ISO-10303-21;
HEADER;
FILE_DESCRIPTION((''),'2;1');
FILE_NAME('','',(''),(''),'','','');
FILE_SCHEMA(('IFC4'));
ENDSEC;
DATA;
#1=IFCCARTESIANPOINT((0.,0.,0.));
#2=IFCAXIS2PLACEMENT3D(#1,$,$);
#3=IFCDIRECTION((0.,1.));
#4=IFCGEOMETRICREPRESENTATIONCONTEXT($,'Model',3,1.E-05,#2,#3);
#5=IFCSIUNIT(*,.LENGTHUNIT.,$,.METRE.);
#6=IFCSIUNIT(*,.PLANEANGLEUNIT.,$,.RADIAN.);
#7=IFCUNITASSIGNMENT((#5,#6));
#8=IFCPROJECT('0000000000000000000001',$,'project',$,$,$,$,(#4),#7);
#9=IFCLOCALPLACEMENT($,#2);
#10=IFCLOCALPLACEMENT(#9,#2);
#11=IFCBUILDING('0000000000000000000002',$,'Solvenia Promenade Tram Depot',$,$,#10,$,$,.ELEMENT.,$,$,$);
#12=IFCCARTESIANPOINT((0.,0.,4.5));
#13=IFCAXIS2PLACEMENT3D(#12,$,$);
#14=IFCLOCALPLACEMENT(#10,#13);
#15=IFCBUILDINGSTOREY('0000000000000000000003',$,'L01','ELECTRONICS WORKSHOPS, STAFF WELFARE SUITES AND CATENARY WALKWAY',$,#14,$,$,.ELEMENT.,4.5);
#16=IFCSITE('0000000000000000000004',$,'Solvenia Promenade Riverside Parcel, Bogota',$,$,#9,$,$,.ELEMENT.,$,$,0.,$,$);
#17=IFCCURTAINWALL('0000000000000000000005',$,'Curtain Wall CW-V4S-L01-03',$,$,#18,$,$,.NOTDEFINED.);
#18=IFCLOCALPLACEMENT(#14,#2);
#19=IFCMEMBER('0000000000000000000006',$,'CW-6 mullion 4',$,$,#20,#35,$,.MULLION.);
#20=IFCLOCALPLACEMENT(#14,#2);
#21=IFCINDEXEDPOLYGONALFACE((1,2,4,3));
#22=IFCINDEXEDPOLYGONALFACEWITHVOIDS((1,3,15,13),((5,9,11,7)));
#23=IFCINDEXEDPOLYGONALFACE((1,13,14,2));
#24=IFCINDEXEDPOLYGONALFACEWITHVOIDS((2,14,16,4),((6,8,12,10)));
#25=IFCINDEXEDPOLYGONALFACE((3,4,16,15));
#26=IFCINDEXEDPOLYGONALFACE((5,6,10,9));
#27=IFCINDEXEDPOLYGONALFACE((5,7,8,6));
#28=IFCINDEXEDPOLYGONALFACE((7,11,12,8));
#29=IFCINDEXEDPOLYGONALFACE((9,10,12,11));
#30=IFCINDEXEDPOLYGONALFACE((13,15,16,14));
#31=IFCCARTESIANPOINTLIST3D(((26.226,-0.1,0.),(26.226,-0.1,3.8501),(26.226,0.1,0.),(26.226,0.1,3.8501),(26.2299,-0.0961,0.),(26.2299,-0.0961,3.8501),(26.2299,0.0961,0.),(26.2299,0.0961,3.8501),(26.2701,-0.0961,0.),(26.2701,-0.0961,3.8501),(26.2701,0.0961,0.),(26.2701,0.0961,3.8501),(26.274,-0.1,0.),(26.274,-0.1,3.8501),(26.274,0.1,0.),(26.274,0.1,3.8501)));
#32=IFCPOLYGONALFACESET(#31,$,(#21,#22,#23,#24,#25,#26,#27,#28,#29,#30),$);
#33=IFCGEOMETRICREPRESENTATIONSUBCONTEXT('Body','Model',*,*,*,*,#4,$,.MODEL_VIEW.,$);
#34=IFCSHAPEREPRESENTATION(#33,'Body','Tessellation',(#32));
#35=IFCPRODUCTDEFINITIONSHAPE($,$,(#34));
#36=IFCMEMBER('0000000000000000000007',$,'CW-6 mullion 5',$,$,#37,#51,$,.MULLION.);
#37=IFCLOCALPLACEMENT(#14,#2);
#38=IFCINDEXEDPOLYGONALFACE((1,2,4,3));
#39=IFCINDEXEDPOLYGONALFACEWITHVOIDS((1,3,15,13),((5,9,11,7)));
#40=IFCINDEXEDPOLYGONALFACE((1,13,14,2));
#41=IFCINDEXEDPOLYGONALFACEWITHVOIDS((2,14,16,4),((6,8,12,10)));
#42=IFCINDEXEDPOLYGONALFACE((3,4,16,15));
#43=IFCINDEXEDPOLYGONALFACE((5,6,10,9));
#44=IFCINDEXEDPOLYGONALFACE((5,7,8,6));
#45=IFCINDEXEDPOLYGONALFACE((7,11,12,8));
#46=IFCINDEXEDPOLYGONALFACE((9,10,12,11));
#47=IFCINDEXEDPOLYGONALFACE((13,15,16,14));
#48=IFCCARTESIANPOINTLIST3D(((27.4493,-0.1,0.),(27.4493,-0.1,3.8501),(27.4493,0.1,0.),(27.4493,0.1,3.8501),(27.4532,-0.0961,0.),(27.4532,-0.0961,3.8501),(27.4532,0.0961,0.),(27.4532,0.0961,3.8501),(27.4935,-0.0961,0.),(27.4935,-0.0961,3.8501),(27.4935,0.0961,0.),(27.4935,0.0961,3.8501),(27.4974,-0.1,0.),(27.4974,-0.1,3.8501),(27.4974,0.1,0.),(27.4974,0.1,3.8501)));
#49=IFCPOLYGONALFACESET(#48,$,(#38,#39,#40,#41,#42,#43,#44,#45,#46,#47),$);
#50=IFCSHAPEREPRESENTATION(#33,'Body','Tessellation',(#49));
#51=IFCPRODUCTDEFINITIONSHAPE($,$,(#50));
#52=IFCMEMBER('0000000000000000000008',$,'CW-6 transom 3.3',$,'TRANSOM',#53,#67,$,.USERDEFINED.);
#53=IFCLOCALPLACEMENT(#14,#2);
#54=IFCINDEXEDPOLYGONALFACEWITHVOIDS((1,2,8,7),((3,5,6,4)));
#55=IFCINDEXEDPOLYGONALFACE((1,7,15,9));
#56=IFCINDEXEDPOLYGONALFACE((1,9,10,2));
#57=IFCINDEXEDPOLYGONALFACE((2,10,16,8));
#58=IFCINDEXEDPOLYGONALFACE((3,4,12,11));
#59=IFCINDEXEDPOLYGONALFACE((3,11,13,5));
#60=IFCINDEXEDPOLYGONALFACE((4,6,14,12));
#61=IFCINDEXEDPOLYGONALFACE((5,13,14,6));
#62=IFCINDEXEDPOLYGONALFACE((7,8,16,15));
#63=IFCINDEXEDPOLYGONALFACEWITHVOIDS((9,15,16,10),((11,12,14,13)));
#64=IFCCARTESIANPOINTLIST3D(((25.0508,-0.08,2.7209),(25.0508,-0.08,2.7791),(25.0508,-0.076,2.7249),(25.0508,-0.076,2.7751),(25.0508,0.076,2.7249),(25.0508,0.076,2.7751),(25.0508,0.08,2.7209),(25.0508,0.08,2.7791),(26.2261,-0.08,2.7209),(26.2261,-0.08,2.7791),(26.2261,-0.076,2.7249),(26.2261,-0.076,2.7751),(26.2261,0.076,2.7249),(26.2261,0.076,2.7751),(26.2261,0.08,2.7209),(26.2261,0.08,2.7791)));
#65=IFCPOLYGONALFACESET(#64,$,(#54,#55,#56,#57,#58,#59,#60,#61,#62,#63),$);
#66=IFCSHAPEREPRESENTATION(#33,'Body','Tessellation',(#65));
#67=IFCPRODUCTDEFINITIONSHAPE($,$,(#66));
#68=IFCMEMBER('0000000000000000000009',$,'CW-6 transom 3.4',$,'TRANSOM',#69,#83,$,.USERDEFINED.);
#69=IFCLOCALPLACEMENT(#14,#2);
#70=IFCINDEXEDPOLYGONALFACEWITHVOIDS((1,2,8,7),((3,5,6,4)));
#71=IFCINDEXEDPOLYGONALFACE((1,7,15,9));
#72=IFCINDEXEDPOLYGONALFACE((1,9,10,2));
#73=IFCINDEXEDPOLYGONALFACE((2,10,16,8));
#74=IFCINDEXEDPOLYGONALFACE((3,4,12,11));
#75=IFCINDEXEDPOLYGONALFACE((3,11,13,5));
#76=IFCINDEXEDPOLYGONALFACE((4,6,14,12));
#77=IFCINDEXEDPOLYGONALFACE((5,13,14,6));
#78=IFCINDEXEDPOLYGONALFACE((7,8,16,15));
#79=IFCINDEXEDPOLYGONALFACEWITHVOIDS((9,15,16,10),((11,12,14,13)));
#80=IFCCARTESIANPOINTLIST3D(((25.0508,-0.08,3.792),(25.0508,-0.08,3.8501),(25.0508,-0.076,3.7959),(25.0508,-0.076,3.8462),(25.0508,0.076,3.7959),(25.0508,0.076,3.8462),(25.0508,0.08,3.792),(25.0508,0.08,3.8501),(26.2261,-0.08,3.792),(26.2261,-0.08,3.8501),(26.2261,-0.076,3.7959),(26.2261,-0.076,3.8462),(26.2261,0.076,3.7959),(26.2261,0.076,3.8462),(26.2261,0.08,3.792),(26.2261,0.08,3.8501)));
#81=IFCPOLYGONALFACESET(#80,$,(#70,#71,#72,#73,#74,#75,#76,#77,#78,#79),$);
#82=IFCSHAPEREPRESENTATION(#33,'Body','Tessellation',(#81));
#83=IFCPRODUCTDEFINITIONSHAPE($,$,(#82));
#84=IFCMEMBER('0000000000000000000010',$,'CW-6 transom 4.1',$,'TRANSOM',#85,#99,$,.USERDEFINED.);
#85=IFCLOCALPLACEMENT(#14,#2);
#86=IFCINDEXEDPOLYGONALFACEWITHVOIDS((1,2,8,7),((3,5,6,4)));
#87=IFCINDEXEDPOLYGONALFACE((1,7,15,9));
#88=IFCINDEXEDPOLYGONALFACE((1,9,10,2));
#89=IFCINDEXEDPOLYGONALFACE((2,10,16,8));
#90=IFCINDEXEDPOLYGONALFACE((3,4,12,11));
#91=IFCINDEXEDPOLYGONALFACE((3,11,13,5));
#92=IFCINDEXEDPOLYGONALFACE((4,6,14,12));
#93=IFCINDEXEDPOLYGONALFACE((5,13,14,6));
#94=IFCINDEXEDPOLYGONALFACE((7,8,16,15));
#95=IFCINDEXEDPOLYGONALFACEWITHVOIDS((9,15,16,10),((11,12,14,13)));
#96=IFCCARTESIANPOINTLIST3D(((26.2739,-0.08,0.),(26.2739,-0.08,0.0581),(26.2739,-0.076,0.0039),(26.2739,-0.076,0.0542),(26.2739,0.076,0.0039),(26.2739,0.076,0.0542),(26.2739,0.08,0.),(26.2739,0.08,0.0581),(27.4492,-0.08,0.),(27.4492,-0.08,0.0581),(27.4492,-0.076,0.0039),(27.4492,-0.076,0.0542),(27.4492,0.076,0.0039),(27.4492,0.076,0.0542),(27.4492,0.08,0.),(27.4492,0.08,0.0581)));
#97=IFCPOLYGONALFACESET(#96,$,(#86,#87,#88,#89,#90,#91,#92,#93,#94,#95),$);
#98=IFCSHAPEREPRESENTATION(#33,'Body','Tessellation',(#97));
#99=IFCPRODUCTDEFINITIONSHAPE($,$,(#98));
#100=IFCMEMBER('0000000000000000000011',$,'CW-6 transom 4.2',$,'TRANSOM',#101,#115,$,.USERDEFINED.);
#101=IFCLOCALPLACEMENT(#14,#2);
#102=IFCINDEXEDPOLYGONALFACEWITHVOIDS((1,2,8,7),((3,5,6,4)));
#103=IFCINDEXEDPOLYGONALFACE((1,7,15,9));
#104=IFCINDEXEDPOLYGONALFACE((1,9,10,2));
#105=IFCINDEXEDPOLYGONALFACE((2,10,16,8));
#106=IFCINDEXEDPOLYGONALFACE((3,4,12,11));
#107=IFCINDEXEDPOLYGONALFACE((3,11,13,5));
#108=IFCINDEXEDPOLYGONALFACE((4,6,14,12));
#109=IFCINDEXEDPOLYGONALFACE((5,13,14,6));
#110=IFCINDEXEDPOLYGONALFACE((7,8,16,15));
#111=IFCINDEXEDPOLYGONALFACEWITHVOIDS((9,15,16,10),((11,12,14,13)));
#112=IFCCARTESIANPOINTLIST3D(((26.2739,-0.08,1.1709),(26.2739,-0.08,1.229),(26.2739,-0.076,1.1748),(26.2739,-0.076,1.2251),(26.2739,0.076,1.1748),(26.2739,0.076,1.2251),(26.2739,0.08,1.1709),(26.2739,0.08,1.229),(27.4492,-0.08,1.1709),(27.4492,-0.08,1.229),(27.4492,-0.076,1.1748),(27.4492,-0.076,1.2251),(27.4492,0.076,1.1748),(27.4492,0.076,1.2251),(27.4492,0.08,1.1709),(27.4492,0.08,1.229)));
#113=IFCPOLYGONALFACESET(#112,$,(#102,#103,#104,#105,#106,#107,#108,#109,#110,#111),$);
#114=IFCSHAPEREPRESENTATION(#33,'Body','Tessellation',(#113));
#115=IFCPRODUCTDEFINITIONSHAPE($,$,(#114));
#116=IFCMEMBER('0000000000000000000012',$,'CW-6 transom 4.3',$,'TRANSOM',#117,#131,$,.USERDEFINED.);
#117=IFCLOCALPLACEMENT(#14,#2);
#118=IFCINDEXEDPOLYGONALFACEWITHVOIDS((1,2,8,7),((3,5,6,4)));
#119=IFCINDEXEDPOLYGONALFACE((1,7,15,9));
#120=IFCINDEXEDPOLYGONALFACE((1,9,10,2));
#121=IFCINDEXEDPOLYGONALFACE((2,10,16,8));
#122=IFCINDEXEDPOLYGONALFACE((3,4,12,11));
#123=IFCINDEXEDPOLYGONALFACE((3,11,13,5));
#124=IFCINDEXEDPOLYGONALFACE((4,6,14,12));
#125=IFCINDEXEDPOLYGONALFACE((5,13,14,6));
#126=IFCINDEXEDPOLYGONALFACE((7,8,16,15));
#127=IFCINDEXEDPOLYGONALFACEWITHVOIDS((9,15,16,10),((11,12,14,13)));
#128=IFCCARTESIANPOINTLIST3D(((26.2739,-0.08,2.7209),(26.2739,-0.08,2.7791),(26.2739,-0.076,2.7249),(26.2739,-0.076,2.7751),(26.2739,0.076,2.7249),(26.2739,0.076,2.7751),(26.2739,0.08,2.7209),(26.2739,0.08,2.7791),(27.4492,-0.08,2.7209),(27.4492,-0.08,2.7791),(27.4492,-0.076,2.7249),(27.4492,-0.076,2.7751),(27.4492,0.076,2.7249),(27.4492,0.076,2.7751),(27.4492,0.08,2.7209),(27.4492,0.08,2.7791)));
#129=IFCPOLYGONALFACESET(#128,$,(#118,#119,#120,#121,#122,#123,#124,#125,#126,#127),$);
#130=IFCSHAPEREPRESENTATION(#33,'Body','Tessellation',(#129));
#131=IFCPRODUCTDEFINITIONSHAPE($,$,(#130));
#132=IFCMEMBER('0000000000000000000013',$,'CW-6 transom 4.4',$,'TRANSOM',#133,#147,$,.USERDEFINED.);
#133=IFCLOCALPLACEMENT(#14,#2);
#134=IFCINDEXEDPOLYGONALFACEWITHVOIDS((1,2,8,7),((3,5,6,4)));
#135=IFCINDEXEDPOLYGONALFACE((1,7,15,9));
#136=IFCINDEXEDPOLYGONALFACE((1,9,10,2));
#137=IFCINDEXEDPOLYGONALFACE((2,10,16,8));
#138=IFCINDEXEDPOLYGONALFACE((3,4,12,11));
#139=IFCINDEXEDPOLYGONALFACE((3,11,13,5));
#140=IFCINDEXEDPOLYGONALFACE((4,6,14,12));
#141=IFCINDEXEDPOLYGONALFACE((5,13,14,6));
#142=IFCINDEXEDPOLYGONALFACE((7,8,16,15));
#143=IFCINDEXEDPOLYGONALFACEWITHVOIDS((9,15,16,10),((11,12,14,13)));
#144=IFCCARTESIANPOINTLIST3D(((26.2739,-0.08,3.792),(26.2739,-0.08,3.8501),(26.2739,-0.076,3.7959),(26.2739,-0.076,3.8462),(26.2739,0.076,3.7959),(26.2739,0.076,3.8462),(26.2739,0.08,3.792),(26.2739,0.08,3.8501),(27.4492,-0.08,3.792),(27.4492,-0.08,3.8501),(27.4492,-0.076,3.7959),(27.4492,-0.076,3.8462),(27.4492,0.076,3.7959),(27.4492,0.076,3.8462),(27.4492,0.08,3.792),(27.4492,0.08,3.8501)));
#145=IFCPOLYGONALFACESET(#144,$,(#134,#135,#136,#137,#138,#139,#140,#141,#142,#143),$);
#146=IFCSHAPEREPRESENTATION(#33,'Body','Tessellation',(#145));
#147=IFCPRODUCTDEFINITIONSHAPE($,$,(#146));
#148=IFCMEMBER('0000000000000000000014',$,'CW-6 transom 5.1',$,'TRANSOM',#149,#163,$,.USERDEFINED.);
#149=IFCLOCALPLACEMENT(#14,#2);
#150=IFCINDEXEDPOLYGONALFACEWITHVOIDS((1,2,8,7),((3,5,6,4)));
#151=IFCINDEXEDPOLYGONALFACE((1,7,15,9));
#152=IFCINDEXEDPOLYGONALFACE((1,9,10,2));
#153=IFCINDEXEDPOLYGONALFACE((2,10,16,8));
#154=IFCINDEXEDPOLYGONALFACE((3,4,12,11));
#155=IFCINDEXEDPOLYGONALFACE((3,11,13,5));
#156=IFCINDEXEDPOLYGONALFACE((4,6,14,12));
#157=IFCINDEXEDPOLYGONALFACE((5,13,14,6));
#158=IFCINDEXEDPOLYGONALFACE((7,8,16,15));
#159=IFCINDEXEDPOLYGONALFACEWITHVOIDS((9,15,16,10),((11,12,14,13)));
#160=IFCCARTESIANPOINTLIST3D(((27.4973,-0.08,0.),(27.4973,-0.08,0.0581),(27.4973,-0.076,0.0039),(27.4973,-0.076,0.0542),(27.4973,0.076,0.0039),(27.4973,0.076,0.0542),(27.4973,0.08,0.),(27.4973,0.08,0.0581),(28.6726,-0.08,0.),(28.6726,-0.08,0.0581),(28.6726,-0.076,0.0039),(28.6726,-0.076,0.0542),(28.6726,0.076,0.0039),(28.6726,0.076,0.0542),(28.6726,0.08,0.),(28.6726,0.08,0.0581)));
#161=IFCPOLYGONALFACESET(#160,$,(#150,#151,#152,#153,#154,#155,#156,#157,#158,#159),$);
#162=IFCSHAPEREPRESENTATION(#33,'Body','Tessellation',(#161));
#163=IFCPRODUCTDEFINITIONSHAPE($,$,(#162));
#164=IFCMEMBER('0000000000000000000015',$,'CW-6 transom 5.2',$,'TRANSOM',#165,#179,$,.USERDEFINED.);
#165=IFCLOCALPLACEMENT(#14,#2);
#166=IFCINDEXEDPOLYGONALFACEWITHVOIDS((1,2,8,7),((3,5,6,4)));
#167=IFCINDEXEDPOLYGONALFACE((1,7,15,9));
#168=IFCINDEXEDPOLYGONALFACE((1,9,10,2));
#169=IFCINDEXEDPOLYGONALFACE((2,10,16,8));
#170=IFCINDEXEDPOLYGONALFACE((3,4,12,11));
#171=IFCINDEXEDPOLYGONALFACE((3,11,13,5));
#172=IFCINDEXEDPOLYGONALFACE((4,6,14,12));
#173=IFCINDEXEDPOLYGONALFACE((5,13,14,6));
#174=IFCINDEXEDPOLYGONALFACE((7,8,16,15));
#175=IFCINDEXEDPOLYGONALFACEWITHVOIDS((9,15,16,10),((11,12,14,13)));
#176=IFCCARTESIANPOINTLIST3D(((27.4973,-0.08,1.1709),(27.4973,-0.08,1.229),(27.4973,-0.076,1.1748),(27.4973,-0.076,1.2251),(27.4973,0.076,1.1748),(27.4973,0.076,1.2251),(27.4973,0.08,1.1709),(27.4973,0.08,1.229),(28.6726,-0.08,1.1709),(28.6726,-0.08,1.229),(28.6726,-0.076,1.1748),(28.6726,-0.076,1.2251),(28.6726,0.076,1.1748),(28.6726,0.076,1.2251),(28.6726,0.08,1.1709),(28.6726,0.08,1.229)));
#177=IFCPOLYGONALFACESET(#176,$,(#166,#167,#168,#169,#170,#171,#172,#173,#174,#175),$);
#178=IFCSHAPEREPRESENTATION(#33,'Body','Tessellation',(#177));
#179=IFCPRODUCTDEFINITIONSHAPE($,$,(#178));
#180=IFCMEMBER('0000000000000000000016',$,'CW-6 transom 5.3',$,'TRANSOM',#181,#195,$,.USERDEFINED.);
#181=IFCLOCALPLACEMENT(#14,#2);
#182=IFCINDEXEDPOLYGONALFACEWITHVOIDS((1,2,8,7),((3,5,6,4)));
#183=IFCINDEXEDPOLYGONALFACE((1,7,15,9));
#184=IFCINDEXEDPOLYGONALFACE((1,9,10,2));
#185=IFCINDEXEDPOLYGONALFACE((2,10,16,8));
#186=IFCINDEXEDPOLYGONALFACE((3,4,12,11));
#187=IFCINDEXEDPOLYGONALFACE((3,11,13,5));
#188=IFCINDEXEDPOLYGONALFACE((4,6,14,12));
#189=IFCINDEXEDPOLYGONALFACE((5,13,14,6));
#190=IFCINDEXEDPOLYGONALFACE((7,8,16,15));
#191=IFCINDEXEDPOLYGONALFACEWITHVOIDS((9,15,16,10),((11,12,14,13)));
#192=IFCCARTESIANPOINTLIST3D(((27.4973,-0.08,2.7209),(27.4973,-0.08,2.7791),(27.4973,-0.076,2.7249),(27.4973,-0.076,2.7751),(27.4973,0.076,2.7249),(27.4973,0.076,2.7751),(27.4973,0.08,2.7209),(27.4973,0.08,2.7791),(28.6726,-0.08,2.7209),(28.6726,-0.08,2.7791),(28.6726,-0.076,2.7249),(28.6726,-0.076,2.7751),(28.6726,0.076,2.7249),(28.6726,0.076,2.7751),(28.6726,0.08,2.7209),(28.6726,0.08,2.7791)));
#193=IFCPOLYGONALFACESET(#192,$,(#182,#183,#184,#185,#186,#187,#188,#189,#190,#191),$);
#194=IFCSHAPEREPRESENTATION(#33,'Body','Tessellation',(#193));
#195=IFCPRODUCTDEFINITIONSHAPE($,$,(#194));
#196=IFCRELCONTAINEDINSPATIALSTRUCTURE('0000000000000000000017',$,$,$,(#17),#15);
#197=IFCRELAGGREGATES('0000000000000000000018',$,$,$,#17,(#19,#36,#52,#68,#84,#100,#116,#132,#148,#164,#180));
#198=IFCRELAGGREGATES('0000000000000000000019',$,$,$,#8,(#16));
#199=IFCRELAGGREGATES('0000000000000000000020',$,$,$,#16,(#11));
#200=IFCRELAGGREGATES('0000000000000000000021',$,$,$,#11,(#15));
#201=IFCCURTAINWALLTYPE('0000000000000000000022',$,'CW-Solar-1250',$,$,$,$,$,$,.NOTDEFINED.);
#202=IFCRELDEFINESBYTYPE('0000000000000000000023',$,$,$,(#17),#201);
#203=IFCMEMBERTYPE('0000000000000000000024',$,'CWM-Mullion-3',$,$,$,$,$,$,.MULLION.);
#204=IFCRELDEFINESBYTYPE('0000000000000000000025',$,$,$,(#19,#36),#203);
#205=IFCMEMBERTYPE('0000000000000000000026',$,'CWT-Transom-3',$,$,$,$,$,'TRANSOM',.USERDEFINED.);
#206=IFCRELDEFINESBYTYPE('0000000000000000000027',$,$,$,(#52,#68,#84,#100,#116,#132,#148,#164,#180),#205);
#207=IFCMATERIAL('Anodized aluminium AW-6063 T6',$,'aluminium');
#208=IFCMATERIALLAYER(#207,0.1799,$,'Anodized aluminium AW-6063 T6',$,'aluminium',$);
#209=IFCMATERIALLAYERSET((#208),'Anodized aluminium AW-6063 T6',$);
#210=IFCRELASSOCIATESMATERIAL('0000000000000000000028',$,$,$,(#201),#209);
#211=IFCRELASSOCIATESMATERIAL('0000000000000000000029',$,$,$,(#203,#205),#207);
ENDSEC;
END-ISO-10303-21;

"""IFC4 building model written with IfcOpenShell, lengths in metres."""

from ifc_helpers import new_model, si_unit, direction, frame, origin, origin_2d, place, context, subcontext, project, spatial, hollow_rectangle, extrude, material, layer, layer_set, material_profile, profile_set, type_object, element, aggregate, save


model = new_model("IFC4")

# Units and contexts
model_context = context("Model", 3, precision=1e-05, world=origin(), true_north=direction((0.0, 1.0)))
body_context = subcontext(model_context, "Body", "Model", "MODEL_VIEW")
ifc_project = project(units=[si_unit("LENGTHUNIT", "METRE"), si_unit("PLANEANGLEUNIT", "RADIAN")], contexts=[model_context])

# Site, building, storey
site_placement = place(None, origin())
site = spatial("IfcSite", under=ifc_project, at=site_placement, Name="Solvenia Promenade Riverside Parcel, Bogota", CompositionType="ELEMENT", RefElevation=0.0)
building_placement = place(site_placement, origin())
building = spatial("IfcBuilding", under=site, at=building_placement, Name="Solvenia Promenade Tram Depot", CompositionType="ELEMENT")
storey_placement = place(building_placement, frame((0.0, 0.0, 4.5)))
storey = spatial("IfcBuildingStorey", under=building, at=storey_placement, Name="L01", Description="ELECTRONICS WORKSHOPS, STAFF WELFARE SUITES AND CATENARY WALKWAY", CompositionType="ELEMENT", Elevation=4.5)

# Curtain wall, members
ifc_material_1 = material(Name="Anodized aluminium AW-6063 T6", Category="aluminium")
ifc_layer_1 = layer(ifc_material_1, 0.1799, Name="Anodized aluminium AW-6063 T6", Category="aluminium")
ifc_layer_set_1 = layer_set([ifc_layer_1], Name="Anodized aluminium AW-6063 T6")
curtain_wall_type = type_object("IfcCurtainWallType", Name="CW-Solar-1250", PredefinedType="NOTDEFINED", material=ifc_layer_set_1)
curtain_wall_placement = place(storey_placement, origin())
curtain_wall = element("IfcCurtainWall", 1, at=curtain_wall_placement, inside=storey, type_object=curtain_wall_type, Name="Curtain Wall CW-V4S-L01-03", PredefinedType="NOTDEFINED")
ifc_material_profile_1 = material_profile(ifc_material_1, hollow_rectangle(XDim=0.2, YDim=0.0481, WallThickness=0.0039, at=origin_2d()), Name="ALU-M3", Category="aluminium")
ifc_profile_set_1 = profile_set([ifc_material_profile_1], Name="Anodized aluminium AW-6063 T6")
member_type_1 = type_object("IfcMemberType", Name="CWM-Mullion-3", PredefinedType="MULLION", material=ifc_profile_set_1)
member_1_placement = place(storey_placement, frame((26.25, 0.0, 0.0), z_axis=(0.0, 0.0, 1.0), x_axis=(0.0, 1.0, 0.0)))
member_1 = element("IfcMember", 2, at=member_1_placement, type_object=member_type_1, Name="CW-6 mullion 4", PredefinedType="MULLION", context=body_context, shape_type="SweptSolid", body=[
    extrude(hollow_rectangle(XDim=0.2, YDim=0.0481, WallThickness=0.0039, at=origin_2d()), origin(), (0.0, 0.0, 1.0), 3.8501),
])
member_2_placement = place(storey_placement, frame((27.4734, 0.0, 0.0), z_axis=(0.0, 0.0, 1.0), x_axis=(0.0, 1.0, 0.0)))
member_2 = element("IfcMember", 3, at=member_2_placement, type_object=member_type_1, Name="CW-6 mullion 5", PredefinedType="MULLION", context=body_context, shape_type="SweptSolid", body=[
    extrude(hollow_rectangle(XDim=0.2, YDim=0.0481, WallThickness=0.0039, at=origin_2d()), origin(), (0.0, 0.0, 1.0), 3.8501),
])
ifc_material_profile_2 = material_profile(ifc_material_1, hollow_rectangle(XDim=0.1599, YDim=0.0581, WallThickness=0.0039, at=origin_2d()), Name="ALU-T3", Category="aluminium")
ifc_profile_set_2 = profile_set([ifc_material_profile_2], Name="Anodized aluminium AW-6063 T6")
member_type_2 = type_object("IfcMemberType", Name="CWT-Transom-3", ElementType="TRANSOM", PredefinedType="USERDEFINED", material=ifc_profile_set_2)
member_3_placement = place(storey_placement, frame((25.0508, 0.0, 2.75), z_axis=(1.0, 0.0, 0.0), x_axis=(0.0, 1.0, 0.0)))
member_3 = element("IfcMember", 4, at=member_3_placement, type_object=member_type_2, Name="CW-6 transom 3.3", ObjectType="TRANSOM", PredefinedType="USERDEFINED", context=body_context, shape_type="SweptSolid", body=[
    extrude(hollow_rectangle(XDim=0.1599, YDim=0.0581, WallThickness=0.0039, at=origin_2d()), origin(), (0.0, 0.0, 1.0), 1.1753),
])
member_4_placement = place(storey_placement, frame((25.0508, 0.0, 3.821), z_axis=(1.0, 0.0, 0.0), x_axis=(0.0, 1.0, 0.0)))
member_4 = element("IfcMember", 5, at=member_4_placement, type_object=member_type_2, Name="CW-6 transom 3.4", ObjectType="TRANSOM", PredefinedType="USERDEFINED", context=body_context, shape_type="SweptSolid", body=[
    extrude(hollow_rectangle(XDim=0.1599, YDim=0.0581, WallThickness=0.0039, at=origin_2d()), origin(), (0.0, 0.0, 1.0), 1.1753),
])
member_5_placement = place(storey_placement, frame((26.2739, 0.0, 0.0291), z_axis=(1.0, 0.0, 0.0), x_axis=(0.0, 1.0, 0.0)))
member_5 = element("IfcMember", 6, at=member_5_placement, type_object=member_type_2, Name="CW-6 transom 4.1", ObjectType="TRANSOM", PredefinedType="USERDEFINED", context=body_context, shape_type="SweptSolid", body=[
    extrude(hollow_rectangle(XDim=0.1599, YDim=0.0581, WallThickness=0.0039, at=origin_2d()), origin(), (0.0, 0.0, 1.0), 1.1753),
])
member_6_placement = place(storey_placement, frame((26.2739, 0.0, 1.2), z_axis=(1.0, 0.0, 0.0), x_axis=(0.0, 1.0, 0.0)))
member_6 = element("IfcMember", 7, at=member_6_placement, type_object=member_type_2, Name="CW-6 transom 4.2", ObjectType="TRANSOM", PredefinedType="USERDEFINED", context=body_context, shape_type="SweptSolid", body=[
    extrude(hollow_rectangle(XDim=0.1599, YDim=0.0581, WallThickness=0.0039, at=origin_2d()), origin(), (0.0, 0.0, 1.0), 1.1753),
])
member_7_placement = place(storey_placement, frame((26.2739, 0.0, 2.75), z_axis=(1.0, 0.0, 0.0), x_axis=(0.0, 1.0, 0.0)))
member_7 = element("IfcMember", 8, at=member_7_placement, type_object=member_type_2, Name="CW-6 transom 4.3", ObjectType="TRANSOM", PredefinedType="USERDEFINED", context=body_context, shape_type="SweptSolid", body=[
    extrude(hollow_rectangle(XDim=0.1599, YDim=0.0581, WallThickness=0.0039, at=origin_2d()), origin(), (0.0, 0.0, 1.0), 1.1753),
])
member_8_placement = place(storey_placement, frame((26.2739, 0.0, 3.821), z_axis=(1.0, 0.0, 0.0), x_axis=(0.0, 1.0, 0.0)))
member_8 = element("IfcMember", 9, at=member_8_placement, type_object=member_type_2, Name="CW-6 transom 4.4", ObjectType="TRANSOM", PredefinedType="USERDEFINED", context=body_context, shape_type="SweptSolid", body=[
    extrude(hollow_rectangle(XDim=0.1599, YDim=0.0581, WallThickness=0.0039, at=origin_2d()), origin(), (0.0, 0.0, 1.0), 1.1753),
])
member_9_placement = place(storey_placement, frame((27.4973, 0.0, 0.0291), z_axis=(1.0, 0.0, 0.0), x_axis=(0.0, 1.0, 0.0)))
member_9 = element("IfcMember", 10, at=member_9_placement, type_object=member_type_2, Name="CW-6 transom 5.1", ObjectType="TRANSOM", PredefinedType="USERDEFINED", context=body_context, shape_type="SweptSolid", body=[
    extrude(hollow_rectangle(XDim=0.1599, YDim=0.0581, WallThickness=0.0039, at=origin_2d()), origin(), (0.0, 0.0, 1.0), 1.1753),
])
member_10_placement = place(storey_placement, frame((27.4973, 0.0, 1.2), z_axis=(1.0, 0.0, 0.0), x_axis=(0.0, 1.0, 0.0)))
member_10 = element("IfcMember", 11, at=member_10_placement, type_object=member_type_2, Name="CW-6 transom 5.2", ObjectType="TRANSOM", PredefinedType="USERDEFINED", context=body_context, shape_type="SweptSolid", body=[
    extrude(hollow_rectangle(XDim=0.1599, YDim=0.0581, WallThickness=0.0039, at=origin_2d()), origin(), (0.0, 0.0, 1.0), 1.1753),
])
member_11_placement = place(storey_placement, frame((27.4973, 0.0, 2.75), z_axis=(1.0, 0.0, 0.0), x_axis=(0.0, 1.0, 0.0)))
member_11 = element("IfcMember", 12, at=member_11_placement, type_object=member_type_2, Name="CW-6 transom 5.3", ObjectType="TRANSOM", PredefinedType="USERDEFINED", context=body_context, shape_type="SweptSolid", body=[
    extrude(hollow_rectangle(XDim=0.1599, YDim=0.0581, WallThickness=0.0039, at=origin_2d()), origin(), (0.0, 0.0, 1.0), 1.1753),
])

aggregate(curtain_wall, [member_1, member_2, member_3, member_4, member_5, member_6, member_7, member_8, member_9, member_10, member_11])

save(model, "model.ifc")
